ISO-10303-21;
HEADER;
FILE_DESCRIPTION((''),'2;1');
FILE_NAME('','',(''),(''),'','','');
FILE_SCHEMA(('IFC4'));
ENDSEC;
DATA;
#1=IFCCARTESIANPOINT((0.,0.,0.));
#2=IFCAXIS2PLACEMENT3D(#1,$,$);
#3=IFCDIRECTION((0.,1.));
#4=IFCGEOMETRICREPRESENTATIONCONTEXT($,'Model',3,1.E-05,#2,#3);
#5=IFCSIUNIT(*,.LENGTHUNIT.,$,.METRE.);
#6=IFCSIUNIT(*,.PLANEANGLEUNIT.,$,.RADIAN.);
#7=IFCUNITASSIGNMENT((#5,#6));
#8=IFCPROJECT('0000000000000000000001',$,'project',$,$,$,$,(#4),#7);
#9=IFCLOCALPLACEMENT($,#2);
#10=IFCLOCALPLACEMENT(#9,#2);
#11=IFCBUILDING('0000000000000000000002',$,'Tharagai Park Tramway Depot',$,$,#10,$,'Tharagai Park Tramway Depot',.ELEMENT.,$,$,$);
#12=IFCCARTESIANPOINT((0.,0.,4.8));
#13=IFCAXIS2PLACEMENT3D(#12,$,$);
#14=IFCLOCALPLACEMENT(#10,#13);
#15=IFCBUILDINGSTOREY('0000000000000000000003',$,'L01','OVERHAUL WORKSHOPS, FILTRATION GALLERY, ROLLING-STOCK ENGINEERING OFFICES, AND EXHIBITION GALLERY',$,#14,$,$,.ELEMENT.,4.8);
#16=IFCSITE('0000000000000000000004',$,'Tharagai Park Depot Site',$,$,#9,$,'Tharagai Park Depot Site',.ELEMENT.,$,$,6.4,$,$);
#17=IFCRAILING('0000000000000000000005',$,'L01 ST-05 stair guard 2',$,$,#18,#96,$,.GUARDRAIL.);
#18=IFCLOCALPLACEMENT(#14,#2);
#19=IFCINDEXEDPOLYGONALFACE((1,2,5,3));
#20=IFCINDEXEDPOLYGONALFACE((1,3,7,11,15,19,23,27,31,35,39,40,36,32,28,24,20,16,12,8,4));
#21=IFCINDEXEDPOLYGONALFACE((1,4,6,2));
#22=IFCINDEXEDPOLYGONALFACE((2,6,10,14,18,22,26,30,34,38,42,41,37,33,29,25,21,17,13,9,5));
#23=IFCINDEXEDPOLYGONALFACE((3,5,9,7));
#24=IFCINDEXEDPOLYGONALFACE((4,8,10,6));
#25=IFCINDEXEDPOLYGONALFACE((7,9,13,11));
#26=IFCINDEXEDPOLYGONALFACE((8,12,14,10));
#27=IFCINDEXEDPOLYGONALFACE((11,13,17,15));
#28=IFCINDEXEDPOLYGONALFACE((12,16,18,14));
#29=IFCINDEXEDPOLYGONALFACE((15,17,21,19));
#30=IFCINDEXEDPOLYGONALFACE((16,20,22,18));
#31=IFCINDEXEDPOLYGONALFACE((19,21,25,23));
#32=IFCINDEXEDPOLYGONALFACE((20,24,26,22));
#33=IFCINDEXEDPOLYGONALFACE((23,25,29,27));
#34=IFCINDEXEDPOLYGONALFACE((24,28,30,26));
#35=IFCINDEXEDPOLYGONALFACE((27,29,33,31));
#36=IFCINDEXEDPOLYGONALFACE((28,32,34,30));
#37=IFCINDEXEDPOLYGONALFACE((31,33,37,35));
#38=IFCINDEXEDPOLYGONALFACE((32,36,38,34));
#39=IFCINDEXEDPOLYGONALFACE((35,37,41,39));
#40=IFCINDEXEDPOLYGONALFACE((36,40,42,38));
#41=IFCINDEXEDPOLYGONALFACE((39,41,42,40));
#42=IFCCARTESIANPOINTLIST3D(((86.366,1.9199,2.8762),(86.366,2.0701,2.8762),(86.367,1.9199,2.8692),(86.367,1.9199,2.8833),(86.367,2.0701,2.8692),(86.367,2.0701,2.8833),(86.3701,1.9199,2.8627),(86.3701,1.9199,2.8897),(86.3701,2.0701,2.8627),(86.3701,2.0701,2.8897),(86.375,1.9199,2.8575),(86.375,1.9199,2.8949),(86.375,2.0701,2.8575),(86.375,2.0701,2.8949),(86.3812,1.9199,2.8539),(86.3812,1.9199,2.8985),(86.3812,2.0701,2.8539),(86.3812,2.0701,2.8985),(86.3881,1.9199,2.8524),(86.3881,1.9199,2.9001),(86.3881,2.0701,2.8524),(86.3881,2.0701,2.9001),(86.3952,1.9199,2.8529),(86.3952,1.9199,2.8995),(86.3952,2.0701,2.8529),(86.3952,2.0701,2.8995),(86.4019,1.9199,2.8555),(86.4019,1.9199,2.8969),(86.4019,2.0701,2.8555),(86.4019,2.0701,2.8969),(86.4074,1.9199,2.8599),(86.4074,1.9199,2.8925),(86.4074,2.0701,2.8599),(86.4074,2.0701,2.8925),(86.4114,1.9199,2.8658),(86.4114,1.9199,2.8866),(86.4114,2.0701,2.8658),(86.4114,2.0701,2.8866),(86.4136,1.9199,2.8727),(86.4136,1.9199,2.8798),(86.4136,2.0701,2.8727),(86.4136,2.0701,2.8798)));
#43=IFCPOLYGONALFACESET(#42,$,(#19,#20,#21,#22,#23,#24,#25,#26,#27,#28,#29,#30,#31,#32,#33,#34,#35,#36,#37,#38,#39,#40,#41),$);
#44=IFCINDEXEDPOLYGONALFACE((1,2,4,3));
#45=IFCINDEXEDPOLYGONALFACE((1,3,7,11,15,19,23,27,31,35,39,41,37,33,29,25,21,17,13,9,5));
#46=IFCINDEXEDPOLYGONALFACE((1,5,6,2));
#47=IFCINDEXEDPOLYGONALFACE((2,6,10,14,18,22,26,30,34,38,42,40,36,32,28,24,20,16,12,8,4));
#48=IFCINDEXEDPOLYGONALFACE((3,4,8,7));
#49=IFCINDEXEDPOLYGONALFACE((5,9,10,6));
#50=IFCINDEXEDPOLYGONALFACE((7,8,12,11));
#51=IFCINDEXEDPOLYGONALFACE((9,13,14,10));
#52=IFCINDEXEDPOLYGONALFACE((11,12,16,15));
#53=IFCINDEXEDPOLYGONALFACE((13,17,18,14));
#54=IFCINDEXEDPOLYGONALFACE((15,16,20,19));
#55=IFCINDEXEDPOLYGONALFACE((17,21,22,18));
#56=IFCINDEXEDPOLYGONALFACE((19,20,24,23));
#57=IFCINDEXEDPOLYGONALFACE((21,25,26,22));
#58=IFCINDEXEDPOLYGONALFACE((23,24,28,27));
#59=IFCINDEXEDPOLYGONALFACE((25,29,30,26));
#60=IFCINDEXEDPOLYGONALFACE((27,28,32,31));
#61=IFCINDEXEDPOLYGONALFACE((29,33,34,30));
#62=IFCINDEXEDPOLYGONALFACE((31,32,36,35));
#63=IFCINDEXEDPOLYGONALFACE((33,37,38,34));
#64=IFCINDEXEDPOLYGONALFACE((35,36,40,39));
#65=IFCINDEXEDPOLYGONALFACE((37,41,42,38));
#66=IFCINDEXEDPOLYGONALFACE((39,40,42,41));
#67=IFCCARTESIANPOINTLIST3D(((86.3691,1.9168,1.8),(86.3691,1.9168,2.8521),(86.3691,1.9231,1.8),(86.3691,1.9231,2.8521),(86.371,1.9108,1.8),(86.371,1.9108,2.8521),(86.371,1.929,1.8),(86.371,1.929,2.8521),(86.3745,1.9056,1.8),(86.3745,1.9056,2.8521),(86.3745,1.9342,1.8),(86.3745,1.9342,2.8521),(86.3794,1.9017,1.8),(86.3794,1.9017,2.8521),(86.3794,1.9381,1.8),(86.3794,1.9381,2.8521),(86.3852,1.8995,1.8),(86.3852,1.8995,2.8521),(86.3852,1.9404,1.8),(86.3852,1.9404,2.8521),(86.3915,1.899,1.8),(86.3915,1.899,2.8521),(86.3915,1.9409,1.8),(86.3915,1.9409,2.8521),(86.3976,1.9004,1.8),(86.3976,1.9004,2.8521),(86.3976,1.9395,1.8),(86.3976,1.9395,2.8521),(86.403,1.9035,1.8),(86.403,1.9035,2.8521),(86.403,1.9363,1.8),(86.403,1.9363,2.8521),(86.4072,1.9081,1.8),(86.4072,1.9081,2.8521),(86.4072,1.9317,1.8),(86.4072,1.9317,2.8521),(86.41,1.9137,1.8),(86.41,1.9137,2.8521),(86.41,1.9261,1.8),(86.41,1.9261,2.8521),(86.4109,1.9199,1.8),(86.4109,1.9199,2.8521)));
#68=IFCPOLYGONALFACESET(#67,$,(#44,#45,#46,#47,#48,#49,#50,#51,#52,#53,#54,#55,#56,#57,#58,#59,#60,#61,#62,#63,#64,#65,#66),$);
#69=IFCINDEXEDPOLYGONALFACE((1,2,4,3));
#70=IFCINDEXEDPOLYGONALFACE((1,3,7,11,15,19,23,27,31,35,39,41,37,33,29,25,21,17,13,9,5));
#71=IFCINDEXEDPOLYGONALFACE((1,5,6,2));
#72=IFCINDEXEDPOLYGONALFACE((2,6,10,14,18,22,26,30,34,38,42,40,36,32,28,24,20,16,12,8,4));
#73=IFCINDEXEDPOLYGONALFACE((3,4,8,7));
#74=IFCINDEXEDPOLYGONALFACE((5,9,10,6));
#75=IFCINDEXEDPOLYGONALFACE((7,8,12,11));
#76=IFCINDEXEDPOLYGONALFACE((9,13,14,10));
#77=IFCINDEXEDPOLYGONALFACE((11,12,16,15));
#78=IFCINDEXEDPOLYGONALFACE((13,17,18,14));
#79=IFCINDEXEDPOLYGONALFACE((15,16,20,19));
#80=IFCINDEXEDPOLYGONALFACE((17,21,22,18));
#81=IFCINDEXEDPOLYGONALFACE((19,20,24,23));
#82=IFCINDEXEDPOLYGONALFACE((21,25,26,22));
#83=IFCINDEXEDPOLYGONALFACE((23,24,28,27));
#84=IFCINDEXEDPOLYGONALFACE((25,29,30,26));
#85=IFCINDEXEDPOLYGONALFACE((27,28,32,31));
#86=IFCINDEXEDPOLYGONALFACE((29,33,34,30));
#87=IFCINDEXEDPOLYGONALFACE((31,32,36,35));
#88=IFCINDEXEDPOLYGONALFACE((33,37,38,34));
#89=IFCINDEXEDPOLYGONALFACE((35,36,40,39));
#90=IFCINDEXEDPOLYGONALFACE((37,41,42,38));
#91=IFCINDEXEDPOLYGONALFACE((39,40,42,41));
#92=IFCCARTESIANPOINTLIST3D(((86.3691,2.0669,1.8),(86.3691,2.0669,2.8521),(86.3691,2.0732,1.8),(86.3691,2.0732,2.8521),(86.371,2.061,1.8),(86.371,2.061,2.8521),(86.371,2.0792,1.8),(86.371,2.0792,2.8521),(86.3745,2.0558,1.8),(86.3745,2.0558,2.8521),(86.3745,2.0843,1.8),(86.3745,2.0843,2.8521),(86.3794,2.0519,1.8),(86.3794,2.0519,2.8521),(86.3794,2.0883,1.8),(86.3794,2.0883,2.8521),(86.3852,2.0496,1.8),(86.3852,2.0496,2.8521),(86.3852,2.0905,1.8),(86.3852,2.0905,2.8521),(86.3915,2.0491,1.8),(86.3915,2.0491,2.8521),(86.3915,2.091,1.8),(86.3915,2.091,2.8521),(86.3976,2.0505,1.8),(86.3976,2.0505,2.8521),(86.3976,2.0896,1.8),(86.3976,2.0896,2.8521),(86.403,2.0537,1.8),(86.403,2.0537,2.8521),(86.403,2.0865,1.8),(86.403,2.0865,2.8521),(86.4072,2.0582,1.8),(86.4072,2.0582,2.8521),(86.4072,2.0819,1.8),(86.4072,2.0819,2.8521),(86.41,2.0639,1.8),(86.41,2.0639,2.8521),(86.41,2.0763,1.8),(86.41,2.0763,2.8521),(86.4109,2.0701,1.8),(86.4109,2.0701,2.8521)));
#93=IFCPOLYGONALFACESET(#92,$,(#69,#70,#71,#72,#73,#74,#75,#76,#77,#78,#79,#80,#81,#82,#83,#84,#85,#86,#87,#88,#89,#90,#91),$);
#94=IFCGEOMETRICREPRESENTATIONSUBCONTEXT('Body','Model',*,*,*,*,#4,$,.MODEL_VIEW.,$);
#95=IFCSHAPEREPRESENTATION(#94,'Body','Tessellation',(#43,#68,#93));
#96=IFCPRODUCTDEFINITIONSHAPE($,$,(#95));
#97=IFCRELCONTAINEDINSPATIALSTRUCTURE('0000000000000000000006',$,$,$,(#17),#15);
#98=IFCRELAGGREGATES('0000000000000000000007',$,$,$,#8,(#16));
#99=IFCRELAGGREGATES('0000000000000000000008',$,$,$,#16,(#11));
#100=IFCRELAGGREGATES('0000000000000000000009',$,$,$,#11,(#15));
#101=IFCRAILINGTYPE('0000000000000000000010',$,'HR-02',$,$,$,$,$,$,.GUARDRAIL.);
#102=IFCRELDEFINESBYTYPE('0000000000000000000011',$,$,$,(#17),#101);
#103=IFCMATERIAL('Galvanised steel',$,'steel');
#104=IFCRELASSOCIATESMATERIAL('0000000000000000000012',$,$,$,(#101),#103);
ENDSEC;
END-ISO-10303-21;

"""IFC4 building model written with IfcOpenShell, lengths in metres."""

from ifc_helpers import new_model, si_unit, direction, frame, origin, origin_2d, place, context, subcontext, project, spatial, circle, extrude, material, type_object, element, save


model = new_model("IFC4")

# Units and contexts
model_context = context("Model", 3, precision=1e-05, world=origin(), true_north=direction((0.0, 1.0)))
body_context = subcontext(model_context, "Body", "Model", "MODEL_VIEW")
ifc_project = project(units=[si_unit("LENGTHUNIT", "METRE"), si_unit("PLANEANGLEUNIT", "RADIAN")], contexts=[model_context])

# Site, building, storey
site_placement = place(None, origin())
site = spatial("IfcSite", under=ifc_project, at=site_placement, Name="Tharagai Park Depot Site", LongName="Tharagai Park Depot Site", CompositionType="ELEMENT", RefElevation=6.4)
building_placement = place(site_placement, origin())
building = spatial("IfcBuilding", under=site, at=building_placement, Name="Tharagai Park Tramway Depot", LongName="Tharagai Park Tramway Depot", CompositionType="ELEMENT")
storey_placement = place(building_placement, frame((0.0, 0.0, 4.8)))
storey = spatial("IfcBuildingStorey", under=building, at=storey_placement, Name="L01", Description="OVERHAUL WORKSHOPS, FILTRATION GALLERY, ROLLING-STOCK ENGINEERING OFFICES, AND EXHIBITION GALLERY", CompositionType="ELEMENT", Elevation=4.8)

# Shared definitions
ifc_material_1 = material(Name="Galvanised steel", Category="steel")

# Railing
railing_type_1 = type_object("IfcRailingType", Name="HR-02", PredefinedType="GUARDRAIL", material=ifc_material_1)
railing_1_placement = place(storey_placement, frame((86.3899, 1.9199, 1.8)))
element("IfcRailing", 1, at=railing_1_placement, inside=storey, type_object=railing_type_1, Name="L01 ST-05 stair guard 2", PredefinedType="GUARDRAIL", context=body_context, shape_type="SweptSolid", body=[
    extrude(circle(Radius=0.0239, at=origin_2d()), frame((0.0, 0.0, 1.0762), z_axis=(0.0, 1.0, 0.0), x_axis=(-1.0, 0.0, 0.0)), (0.0, 0.0, 1.0), 0.1501),
    extrude(circle(Radius=0.021, at=origin_2d()), origin(), (0.0, 0.0, 1.0), 1.052),
    extrude(circle(Radius=0.021, at=origin_2d()), frame((0.0, 0.1501, 0.0)), (0.0, 0.0, 1.0), 1.052),
])

save(model, "model.ifc")
